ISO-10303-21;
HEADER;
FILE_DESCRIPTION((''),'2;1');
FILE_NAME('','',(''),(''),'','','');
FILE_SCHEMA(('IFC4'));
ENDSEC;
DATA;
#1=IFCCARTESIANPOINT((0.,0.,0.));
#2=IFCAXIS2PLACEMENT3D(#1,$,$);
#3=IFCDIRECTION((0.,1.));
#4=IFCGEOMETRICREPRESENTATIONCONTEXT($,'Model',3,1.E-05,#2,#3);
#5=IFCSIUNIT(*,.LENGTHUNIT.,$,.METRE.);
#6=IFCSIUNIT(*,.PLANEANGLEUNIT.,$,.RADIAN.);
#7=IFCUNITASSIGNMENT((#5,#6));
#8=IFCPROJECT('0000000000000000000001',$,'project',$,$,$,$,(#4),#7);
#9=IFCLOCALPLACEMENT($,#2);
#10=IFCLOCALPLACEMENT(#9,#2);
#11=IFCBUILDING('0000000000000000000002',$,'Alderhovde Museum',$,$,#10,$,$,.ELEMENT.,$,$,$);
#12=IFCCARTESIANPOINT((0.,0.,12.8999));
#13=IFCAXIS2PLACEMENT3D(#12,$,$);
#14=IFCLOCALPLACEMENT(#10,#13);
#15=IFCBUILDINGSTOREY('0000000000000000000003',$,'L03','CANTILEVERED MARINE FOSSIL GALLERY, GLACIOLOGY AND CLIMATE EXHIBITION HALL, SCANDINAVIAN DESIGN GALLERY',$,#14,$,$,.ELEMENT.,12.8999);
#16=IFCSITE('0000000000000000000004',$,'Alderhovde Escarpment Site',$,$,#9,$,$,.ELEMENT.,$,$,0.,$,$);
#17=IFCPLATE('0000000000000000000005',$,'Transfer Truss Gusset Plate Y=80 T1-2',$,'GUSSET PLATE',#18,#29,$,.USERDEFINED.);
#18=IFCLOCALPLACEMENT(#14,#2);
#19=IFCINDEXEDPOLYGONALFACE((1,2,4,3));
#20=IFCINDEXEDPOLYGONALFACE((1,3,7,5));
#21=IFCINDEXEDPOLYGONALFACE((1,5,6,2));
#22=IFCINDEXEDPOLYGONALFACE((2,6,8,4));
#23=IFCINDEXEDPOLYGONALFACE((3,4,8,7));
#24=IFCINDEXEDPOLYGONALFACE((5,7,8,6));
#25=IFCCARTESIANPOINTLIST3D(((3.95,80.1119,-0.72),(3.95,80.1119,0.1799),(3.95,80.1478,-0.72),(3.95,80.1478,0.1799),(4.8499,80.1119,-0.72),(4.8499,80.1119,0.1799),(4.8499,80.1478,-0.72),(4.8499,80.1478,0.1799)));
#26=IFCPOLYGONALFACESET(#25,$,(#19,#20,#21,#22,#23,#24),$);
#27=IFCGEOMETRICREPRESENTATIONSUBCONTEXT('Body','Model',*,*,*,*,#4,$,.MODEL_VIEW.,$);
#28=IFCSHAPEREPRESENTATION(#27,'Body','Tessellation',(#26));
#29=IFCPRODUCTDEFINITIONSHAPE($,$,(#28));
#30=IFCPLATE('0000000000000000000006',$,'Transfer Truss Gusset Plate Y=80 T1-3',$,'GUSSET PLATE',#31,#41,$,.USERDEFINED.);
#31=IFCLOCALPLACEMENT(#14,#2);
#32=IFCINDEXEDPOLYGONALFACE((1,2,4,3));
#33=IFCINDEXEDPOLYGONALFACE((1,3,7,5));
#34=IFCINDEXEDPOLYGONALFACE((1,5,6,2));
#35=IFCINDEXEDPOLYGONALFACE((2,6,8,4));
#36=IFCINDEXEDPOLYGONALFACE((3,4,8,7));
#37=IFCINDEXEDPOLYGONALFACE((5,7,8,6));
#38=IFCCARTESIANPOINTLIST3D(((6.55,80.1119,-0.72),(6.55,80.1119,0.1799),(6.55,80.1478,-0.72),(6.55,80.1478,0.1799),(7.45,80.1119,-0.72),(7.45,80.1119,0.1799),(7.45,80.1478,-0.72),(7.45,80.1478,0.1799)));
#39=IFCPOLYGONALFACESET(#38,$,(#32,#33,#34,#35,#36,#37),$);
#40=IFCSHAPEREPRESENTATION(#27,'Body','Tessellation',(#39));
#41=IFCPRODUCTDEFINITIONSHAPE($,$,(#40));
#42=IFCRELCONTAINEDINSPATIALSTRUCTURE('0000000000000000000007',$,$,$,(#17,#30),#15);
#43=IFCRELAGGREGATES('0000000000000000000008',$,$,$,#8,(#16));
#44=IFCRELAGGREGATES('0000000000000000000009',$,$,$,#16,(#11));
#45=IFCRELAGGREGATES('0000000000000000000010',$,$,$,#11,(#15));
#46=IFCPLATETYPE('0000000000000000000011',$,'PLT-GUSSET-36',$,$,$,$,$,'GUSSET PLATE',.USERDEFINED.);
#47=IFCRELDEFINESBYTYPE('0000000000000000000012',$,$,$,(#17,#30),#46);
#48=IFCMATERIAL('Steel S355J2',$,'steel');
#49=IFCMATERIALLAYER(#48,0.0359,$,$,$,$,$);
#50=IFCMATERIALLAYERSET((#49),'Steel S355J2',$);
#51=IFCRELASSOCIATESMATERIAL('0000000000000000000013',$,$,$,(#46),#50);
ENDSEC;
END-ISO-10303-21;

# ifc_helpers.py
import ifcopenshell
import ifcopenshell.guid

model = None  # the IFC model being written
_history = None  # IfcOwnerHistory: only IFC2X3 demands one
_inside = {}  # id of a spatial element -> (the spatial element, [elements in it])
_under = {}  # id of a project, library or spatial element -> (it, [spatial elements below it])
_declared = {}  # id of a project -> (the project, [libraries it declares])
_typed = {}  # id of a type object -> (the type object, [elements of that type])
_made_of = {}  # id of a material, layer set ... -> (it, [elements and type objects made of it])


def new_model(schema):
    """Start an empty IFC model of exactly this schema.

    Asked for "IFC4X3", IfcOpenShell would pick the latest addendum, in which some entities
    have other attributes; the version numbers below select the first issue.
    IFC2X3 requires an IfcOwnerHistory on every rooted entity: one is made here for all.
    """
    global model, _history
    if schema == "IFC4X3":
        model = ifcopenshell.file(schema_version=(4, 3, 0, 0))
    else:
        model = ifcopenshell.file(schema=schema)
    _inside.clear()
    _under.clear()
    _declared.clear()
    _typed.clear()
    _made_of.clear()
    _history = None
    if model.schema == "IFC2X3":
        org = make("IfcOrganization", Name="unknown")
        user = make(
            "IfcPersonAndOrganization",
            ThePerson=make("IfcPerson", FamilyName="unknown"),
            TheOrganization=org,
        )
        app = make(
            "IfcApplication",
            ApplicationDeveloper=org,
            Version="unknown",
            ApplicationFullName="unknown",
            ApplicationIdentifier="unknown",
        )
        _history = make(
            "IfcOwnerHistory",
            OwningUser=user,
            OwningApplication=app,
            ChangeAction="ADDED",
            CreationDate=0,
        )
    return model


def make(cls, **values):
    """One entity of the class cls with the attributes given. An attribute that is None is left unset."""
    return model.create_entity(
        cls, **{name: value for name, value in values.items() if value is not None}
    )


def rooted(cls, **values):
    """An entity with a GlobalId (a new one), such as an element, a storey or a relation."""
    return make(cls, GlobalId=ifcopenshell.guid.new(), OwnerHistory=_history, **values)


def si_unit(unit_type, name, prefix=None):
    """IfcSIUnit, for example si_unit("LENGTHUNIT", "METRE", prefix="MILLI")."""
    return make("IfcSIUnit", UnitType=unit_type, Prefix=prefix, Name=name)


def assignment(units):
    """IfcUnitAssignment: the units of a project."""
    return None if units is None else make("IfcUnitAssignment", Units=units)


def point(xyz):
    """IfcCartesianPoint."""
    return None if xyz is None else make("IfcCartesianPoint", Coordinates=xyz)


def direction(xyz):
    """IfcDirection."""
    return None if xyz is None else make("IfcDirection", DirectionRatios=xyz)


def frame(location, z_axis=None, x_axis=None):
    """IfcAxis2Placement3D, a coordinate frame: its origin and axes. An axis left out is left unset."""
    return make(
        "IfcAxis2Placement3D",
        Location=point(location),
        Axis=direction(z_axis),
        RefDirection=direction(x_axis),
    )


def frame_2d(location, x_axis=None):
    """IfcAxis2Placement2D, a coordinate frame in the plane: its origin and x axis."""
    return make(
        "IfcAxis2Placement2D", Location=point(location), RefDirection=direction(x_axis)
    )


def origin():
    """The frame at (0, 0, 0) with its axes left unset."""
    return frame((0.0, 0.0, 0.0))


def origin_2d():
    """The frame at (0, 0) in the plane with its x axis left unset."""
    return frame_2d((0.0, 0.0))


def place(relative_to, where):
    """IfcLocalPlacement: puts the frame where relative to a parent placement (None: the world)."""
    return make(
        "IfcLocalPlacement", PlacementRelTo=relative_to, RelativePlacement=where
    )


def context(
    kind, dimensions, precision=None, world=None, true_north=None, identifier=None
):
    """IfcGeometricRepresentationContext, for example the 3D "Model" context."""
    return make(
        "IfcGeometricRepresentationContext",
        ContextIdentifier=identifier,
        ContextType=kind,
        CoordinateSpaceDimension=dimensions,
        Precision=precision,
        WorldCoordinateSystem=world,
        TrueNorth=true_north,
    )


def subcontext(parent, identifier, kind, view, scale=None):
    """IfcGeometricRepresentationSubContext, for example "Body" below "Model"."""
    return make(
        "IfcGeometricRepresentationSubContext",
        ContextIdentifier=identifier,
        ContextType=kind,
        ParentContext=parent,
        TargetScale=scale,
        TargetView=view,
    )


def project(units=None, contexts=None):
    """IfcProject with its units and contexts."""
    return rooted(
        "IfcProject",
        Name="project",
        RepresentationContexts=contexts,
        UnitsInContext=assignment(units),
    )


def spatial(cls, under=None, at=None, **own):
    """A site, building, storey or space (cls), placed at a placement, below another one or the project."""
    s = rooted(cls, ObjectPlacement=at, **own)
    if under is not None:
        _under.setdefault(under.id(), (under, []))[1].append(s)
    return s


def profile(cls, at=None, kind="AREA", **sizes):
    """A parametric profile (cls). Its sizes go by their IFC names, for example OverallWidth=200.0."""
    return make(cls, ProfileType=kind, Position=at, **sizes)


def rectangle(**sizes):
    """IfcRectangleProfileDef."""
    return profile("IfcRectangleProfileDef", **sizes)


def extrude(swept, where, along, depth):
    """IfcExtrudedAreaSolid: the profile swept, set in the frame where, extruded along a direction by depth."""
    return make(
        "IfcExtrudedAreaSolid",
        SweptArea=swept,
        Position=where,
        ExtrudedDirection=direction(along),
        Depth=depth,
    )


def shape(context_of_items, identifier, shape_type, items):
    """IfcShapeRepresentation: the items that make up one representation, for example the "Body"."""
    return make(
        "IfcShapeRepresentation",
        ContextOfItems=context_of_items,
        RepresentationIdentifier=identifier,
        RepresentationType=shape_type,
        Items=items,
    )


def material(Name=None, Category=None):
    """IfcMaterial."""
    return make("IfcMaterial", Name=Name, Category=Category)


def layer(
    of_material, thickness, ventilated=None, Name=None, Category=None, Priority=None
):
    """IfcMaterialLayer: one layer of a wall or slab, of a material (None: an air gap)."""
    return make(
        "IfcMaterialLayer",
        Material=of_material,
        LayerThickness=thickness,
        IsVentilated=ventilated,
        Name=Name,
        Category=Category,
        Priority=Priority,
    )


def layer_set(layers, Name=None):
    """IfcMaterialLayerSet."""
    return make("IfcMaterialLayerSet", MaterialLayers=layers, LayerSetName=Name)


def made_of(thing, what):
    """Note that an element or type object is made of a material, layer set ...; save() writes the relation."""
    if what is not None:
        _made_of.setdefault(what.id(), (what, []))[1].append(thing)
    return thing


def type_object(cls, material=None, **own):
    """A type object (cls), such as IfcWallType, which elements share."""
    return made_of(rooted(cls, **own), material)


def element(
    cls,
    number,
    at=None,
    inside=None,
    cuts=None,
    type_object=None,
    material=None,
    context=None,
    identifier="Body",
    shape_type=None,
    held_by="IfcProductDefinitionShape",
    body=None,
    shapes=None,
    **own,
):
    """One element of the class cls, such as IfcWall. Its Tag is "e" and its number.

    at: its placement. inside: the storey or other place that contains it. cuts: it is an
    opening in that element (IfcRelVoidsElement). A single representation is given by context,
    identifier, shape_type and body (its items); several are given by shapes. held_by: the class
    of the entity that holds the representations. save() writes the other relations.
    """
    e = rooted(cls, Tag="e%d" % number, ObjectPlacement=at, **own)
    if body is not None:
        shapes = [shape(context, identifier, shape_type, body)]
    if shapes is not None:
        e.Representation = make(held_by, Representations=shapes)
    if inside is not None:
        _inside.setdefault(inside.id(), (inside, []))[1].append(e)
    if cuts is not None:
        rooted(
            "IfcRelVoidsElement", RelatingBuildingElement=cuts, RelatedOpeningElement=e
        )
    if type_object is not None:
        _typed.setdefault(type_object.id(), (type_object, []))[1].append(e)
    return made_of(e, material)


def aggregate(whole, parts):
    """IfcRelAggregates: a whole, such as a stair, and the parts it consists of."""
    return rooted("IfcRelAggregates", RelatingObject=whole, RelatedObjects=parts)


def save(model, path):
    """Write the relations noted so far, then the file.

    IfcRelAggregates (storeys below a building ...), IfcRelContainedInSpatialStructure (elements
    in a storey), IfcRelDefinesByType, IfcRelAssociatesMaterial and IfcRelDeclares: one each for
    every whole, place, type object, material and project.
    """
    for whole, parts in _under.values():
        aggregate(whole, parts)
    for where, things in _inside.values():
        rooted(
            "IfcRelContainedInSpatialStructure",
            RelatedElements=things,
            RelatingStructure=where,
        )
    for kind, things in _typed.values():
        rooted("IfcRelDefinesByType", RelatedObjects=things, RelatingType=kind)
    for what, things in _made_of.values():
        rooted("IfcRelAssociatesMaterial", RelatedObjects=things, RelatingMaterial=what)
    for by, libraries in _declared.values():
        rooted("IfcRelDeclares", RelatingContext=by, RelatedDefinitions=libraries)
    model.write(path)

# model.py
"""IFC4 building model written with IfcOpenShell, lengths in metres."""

from ifc_helpers import new_model, si_unit, direction, frame, origin, origin_2d, place, context, subcontext, project, spatial, rectangle, extrude, material, layer, layer_set, type_object, element, save


model = new_model("IFC4")

# Units and contexts
model_context = context("Model", 3, precision=1e-05, world=origin(), true_north=direction((0.0, 1.0)))
body_context = subcontext(model_context, "Body", "Model", "MODEL_VIEW")
ifc_project = project(units=[si_unit("LENGTHUNIT", "METRE"), si_unit("PLANEANGLEUNIT", "RADIAN")], contexts=[model_context])

# Site, building, storey
site_placement = place(None, origin())
site = spatial("IfcSite", under=ifc_project, at=site_placement, Name="Alderhovde Escarpment Site", CompositionType="ELEMENT", RefElevation=0.0)
building_placement = place(site_placement, origin())
building = spatial("IfcBuilding", under=site, at=building_placement, Name="Alderhovde Museum", CompositionType="ELEMENT")
storey_placement = place(building_placement, frame((0.0, 0.0, 12.8999)))
storey = spatial("IfcBuildingStorey", under=building, at=storey_placement, Name="L03", Description="CANTILEVERED MARINE FOSSIL GALLERY, GLACIOLOGY AND CLIMATE EXHIBITION HALL, SCANDINAVIAN DESIGN GALLERY", CompositionType="ELEMENT", Elevation=12.8999)

# Plates
ifc_material_1 = material(Name="Steel S355J2", Category="steel")
ifc_layer_1 = layer(ifc_material_1, 0.0359)
ifc_layer_set_1 = layer_set([ifc_layer_1], Name="Steel S355J2")
plate_type_1 = type_object("IfcPlateType", Name="PLT-GUSSET-36", ElementType="GUSSET PLATE", PredefinedType="USERDEFINED", material=ifc_layer_set_1)
for number, where, z_axis, x_axis, name in (
    (1, (4.3999, 80.1299, -0.72), (0.0, 0.0, 1.0), (1.0, 0.0, 0.0), "Transfer Truss Gusset Plate Y=80 T1-2"),
    (2, (7.0, 80.1299, -0.72), (0.0, 0.0, 1.0), (1.0, 0.0, 0.0), "Transfer Truss Gusset Plate Y=80 T1-3"),
):
    element("IfcPlate", number, at=place(storey_placement, frame(where, z_axis=z_axis, x_axis=x_axis)), inside=storey, type_object=plate_type_1, Name=name, ObjectType="GUSSET PLATE", PredefinedType="USERDEFINED", context=body_context, shape_type="SweptSolid", body=[
        extrude(rectangle(XDim=0.8999, YDim=0.0359, at=origin_2d()), origin(), (0.0, 0.0, 1.0), 0.8999),
    ])

save(model, "model.ifc")
